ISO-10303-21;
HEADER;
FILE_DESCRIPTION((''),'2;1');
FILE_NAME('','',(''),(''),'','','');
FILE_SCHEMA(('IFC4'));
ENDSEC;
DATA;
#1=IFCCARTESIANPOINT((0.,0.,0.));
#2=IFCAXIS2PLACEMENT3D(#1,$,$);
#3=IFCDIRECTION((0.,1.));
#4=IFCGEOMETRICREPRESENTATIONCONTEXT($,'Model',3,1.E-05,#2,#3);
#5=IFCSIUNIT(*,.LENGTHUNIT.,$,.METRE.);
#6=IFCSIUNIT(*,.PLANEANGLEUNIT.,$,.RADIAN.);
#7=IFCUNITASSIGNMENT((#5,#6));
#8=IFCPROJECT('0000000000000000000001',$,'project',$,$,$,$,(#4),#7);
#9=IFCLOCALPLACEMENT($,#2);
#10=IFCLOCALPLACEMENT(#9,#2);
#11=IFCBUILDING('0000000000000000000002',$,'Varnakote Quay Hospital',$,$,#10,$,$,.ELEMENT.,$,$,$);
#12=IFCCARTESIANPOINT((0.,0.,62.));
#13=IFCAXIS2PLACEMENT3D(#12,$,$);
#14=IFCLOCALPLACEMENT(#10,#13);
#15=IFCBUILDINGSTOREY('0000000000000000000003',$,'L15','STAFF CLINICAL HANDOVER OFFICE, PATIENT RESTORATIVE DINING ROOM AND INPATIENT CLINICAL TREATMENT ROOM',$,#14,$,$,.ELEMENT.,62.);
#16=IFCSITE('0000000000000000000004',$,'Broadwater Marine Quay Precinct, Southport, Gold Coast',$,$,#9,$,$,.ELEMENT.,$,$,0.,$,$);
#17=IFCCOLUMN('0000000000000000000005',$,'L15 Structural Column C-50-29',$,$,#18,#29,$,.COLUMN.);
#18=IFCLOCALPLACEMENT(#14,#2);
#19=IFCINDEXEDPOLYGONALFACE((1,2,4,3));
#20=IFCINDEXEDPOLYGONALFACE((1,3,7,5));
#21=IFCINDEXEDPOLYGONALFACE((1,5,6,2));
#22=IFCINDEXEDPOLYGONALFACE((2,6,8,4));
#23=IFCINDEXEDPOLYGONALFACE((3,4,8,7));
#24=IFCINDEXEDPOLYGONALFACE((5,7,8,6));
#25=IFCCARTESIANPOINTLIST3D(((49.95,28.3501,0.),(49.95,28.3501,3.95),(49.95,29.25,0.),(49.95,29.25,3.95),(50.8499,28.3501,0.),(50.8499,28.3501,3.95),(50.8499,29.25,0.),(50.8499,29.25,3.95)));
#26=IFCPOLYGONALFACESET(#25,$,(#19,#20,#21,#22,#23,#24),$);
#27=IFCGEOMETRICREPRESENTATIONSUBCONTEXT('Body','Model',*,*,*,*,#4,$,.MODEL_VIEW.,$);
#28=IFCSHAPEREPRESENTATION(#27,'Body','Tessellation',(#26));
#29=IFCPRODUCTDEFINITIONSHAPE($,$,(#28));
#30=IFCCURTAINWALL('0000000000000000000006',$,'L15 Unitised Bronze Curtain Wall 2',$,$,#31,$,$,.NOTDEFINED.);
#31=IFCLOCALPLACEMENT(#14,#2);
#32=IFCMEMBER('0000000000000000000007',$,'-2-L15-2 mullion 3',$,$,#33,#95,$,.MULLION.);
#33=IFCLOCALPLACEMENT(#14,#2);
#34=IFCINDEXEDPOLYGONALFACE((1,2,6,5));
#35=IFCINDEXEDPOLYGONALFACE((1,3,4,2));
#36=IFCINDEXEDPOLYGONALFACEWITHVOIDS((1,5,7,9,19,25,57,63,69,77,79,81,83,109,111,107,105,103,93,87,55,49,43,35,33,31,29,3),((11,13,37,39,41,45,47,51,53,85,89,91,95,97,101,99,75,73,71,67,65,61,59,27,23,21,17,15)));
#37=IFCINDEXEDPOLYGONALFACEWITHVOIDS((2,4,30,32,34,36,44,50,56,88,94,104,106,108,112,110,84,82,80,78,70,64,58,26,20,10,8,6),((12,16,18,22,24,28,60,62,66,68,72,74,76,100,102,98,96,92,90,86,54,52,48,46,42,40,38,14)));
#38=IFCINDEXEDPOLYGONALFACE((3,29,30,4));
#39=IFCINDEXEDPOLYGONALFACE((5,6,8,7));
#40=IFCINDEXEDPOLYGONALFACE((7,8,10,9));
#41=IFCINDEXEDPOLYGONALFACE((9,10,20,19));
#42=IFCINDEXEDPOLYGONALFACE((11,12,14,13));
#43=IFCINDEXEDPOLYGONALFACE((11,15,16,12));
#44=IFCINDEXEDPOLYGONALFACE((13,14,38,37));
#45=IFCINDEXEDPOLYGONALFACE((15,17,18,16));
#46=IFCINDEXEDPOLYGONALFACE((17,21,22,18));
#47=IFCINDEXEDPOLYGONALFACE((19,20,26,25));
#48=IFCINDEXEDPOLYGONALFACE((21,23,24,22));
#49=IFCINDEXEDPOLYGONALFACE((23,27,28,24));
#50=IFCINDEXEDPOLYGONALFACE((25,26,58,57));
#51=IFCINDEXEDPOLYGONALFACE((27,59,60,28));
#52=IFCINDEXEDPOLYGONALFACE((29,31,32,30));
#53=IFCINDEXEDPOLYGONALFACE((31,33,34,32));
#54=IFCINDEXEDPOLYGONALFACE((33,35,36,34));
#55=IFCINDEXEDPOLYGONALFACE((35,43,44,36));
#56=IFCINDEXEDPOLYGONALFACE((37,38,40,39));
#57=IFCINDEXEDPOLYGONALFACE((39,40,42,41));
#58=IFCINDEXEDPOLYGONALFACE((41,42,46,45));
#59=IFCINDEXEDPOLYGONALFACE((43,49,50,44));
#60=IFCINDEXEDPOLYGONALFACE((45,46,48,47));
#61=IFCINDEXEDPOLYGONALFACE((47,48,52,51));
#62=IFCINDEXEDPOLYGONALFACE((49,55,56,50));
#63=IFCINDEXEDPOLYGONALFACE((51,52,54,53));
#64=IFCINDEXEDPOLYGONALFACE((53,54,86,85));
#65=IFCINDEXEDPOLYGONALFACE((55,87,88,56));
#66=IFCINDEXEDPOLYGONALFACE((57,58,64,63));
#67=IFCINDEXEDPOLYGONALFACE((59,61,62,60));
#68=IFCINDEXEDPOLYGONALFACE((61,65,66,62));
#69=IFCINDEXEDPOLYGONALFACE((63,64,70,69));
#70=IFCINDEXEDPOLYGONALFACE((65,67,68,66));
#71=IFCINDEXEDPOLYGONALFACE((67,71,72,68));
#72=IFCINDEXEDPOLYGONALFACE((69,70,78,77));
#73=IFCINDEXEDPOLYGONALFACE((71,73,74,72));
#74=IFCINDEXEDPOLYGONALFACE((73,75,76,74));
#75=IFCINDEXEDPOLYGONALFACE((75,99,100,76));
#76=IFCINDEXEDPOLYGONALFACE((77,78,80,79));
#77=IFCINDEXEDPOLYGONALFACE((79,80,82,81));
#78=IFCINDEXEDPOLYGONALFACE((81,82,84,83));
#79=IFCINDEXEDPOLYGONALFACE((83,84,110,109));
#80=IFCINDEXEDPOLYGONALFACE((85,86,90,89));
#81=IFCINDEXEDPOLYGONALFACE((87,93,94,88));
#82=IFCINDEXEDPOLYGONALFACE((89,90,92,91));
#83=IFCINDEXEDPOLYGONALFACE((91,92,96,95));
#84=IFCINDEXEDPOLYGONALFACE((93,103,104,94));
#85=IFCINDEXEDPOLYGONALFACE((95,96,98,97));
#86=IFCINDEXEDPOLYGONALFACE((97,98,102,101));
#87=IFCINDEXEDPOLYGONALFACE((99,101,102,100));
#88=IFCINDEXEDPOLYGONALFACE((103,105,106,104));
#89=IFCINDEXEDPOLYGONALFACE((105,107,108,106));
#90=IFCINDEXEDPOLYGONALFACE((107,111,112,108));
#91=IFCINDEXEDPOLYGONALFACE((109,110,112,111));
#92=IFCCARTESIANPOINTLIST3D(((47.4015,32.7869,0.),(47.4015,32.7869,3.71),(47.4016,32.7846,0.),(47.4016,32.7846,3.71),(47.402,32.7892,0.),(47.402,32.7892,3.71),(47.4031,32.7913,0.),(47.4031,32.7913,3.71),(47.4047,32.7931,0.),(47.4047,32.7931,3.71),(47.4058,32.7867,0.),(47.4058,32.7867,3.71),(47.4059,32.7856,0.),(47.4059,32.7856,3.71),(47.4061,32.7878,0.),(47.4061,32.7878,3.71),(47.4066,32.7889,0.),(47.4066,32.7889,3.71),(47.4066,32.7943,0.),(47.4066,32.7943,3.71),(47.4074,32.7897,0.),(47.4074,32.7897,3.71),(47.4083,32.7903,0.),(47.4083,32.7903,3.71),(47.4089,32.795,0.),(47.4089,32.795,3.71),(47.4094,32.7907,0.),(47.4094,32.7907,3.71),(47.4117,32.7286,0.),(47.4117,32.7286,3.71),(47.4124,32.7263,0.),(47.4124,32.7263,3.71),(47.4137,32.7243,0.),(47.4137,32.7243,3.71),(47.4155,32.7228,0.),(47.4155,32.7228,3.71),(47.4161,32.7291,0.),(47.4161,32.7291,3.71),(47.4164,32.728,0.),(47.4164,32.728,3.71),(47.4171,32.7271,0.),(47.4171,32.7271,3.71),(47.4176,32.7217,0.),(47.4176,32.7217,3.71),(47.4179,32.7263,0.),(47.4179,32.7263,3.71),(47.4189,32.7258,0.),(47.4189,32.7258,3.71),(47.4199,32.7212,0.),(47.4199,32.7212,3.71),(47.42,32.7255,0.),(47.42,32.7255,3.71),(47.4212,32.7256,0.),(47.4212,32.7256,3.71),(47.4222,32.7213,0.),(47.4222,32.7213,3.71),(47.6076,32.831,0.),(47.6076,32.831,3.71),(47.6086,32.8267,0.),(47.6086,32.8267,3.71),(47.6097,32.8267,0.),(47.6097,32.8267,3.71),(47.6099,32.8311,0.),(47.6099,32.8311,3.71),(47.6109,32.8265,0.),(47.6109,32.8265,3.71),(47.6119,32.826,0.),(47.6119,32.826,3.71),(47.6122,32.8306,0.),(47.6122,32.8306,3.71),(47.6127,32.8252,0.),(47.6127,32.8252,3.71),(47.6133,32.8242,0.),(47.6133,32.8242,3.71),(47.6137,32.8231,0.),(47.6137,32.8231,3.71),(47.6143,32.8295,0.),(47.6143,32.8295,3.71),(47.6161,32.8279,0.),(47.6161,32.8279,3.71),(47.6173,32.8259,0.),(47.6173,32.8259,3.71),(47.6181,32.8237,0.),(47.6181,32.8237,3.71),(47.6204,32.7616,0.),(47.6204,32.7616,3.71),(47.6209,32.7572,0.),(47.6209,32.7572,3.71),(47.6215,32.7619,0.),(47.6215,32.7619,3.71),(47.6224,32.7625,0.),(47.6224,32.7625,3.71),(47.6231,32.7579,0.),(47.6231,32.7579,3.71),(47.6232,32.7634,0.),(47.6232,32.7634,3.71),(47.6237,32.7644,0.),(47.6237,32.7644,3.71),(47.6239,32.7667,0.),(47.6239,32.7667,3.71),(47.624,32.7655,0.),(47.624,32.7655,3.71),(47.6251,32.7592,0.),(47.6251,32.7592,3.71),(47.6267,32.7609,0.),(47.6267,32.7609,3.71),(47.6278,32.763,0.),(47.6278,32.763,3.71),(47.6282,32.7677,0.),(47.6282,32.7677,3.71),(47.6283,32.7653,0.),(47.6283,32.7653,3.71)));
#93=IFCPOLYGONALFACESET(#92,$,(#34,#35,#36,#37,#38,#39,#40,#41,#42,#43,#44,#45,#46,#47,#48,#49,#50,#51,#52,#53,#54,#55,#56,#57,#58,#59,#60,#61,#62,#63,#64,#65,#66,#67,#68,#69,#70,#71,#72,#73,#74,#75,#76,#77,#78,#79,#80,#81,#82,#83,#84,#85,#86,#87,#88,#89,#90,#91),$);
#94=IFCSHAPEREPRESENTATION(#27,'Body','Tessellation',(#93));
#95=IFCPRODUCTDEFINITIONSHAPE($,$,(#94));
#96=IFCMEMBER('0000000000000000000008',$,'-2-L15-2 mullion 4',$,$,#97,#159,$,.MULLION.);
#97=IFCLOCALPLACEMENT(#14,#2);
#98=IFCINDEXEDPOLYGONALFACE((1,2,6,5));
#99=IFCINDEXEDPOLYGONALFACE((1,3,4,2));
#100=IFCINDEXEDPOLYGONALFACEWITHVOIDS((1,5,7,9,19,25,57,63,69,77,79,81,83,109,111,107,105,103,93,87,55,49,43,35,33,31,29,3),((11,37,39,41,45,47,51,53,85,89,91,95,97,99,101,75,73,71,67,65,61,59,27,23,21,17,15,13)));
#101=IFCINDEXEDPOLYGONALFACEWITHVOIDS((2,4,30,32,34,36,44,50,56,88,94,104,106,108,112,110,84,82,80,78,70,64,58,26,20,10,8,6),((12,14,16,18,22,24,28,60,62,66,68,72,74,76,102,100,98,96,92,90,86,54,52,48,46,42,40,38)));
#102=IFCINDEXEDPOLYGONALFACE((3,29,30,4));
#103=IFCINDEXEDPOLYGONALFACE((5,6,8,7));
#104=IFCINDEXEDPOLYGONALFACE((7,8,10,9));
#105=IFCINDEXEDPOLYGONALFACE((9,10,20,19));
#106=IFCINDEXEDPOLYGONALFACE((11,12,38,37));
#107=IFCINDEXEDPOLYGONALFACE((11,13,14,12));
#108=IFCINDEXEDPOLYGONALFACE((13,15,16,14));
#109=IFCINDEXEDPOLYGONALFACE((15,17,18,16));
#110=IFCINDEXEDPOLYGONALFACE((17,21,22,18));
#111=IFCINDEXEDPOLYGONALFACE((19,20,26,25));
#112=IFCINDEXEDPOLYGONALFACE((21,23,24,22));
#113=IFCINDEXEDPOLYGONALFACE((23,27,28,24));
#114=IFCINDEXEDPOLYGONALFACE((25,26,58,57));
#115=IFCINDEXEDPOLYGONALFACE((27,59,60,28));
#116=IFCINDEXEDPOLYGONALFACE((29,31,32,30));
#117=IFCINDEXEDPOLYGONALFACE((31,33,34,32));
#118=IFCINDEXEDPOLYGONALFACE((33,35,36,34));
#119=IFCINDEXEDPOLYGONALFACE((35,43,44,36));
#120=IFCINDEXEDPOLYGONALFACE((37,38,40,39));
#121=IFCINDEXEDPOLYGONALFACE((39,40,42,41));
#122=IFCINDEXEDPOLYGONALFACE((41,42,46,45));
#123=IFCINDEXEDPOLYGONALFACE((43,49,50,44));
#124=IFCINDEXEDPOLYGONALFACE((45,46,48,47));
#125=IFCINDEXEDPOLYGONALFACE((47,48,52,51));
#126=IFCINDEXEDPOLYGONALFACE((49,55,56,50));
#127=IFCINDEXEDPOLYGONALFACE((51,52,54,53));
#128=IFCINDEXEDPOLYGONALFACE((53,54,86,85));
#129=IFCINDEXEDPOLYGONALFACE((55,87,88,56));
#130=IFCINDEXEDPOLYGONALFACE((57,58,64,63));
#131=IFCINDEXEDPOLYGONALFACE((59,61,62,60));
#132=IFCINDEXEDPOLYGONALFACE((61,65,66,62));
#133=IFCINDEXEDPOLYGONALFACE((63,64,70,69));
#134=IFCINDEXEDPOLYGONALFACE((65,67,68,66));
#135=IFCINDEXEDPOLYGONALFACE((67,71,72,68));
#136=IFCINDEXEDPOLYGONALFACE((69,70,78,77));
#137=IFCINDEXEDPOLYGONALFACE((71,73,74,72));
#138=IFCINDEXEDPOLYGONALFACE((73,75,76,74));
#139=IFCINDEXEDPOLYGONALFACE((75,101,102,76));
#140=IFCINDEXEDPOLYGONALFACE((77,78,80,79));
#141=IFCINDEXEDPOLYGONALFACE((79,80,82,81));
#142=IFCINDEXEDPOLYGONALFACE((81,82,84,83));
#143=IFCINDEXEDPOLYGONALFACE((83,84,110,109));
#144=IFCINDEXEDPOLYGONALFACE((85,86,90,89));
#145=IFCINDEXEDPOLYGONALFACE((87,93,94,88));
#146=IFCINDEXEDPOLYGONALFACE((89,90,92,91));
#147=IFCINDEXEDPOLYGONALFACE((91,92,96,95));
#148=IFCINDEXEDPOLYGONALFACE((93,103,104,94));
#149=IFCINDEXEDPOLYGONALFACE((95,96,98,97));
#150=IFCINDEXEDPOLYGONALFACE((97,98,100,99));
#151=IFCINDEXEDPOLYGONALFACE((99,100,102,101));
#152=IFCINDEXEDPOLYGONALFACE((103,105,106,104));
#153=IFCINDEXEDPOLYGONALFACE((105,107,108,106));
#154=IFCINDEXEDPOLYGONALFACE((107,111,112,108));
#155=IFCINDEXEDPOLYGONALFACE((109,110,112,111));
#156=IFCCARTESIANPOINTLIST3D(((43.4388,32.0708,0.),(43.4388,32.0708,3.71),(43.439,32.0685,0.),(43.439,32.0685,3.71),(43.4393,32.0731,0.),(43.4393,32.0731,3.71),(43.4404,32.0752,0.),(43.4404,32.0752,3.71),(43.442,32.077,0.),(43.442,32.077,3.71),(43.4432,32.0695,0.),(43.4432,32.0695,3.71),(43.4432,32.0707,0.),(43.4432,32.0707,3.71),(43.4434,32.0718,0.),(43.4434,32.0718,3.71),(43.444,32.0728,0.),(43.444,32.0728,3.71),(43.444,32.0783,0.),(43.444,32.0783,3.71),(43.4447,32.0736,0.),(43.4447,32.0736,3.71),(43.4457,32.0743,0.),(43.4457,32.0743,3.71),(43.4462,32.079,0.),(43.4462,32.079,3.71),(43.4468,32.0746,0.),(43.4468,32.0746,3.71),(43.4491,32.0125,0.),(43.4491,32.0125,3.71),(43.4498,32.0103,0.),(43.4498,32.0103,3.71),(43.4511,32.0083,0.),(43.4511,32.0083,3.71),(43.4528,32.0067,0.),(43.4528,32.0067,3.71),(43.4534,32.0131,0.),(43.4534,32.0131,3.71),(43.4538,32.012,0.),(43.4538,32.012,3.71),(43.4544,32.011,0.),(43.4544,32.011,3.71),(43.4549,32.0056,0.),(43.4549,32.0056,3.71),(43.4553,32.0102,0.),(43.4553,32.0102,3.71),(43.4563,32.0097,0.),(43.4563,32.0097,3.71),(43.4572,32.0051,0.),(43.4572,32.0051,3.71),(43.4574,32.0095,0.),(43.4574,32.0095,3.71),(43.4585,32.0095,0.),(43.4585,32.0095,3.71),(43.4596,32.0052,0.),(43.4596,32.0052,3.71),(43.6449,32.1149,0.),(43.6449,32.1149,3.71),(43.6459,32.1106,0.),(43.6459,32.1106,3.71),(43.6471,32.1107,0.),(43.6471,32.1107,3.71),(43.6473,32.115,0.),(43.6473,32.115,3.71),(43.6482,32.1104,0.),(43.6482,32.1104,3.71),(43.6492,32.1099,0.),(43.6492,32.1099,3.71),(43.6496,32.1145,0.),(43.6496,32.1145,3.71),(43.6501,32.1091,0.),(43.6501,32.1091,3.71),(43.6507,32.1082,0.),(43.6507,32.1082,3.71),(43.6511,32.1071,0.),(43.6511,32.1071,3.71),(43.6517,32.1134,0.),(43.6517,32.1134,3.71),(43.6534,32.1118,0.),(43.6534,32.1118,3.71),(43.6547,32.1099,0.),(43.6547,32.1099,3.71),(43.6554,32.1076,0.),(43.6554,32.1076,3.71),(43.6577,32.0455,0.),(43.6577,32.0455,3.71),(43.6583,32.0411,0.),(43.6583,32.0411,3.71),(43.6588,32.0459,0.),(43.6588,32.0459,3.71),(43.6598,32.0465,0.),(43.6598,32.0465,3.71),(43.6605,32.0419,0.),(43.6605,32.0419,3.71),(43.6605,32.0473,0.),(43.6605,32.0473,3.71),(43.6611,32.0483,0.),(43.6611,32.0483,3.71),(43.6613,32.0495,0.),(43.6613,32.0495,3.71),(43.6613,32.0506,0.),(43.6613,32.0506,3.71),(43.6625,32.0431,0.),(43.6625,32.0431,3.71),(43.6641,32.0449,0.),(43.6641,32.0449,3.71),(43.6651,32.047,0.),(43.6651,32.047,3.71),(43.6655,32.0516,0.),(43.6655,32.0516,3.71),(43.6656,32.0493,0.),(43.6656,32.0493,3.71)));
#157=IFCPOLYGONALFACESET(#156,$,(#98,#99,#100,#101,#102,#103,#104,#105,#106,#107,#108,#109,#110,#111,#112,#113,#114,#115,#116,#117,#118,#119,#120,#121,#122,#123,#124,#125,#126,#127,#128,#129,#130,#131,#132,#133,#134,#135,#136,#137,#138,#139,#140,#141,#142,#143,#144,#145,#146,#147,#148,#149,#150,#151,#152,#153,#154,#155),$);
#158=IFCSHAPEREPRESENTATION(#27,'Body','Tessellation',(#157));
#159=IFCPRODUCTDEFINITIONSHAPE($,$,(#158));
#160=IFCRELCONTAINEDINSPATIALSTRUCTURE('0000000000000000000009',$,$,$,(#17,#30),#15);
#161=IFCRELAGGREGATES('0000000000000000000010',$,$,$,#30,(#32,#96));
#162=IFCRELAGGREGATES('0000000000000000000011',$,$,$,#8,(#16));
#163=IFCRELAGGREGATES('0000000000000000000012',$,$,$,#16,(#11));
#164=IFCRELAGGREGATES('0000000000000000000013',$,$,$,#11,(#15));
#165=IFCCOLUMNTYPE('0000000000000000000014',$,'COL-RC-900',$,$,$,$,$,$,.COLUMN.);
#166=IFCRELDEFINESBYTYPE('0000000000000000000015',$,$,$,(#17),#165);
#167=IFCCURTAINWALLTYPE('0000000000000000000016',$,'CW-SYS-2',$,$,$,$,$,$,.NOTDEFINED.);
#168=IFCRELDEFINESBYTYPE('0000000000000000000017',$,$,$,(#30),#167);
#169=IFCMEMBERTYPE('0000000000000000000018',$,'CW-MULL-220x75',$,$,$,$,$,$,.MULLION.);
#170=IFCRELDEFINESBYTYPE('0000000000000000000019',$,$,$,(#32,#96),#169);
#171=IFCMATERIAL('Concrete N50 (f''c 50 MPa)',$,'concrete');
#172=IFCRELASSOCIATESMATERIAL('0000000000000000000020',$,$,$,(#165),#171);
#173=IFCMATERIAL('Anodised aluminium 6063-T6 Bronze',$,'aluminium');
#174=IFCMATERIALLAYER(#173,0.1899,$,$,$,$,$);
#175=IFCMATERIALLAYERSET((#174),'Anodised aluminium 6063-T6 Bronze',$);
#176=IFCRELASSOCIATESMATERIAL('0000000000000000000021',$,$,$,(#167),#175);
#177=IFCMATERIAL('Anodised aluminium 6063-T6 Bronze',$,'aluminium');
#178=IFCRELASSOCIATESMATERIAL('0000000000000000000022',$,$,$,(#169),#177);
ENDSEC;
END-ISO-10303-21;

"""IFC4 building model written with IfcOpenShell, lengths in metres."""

from ifc_helpers import new_model, si_unit, direction, frame, origin, origin_2d, place, context, subcontext, project, spatial, rectangle, hollow_rectangle, extrude, material, layer, layer_set, material_profile, profile_set, type_object, element, aggregate, save


model = new_model("IFC4")

# Units and contexts
model_context = context("Model", 3, precision=1e-05, world=origin(), true_north=direction((0.0, 1.0)))
body_context = subcontext(model_context, "Body", "Model", "MODEL_VIEW")
ifc_project = project(units=[si_unit("LENGTHUNIT", "METRE"), si_unit("PLANEANGLEUNIT", "RADIAN")], contexts=[model_context])

# Site, building, storey
site_placement = place(None, origin())
site = spatial("IfcSite", under=ifc_project, at=site_placement, Name="Broadwater Marine Quay Precinct, Southport, Gold Coast", CompositionType="ELEMENT", RefElevation=0.0)
building_placement = place(site_placement, origin())
building = spatial("IfcBuilding", under=site, at=building_placement, Name="Varnakote Quay Hospital", CompositionType="ELEMENT")
storey_placement = place(building_placement, frame((0.0, 0.0, 62.0)))
storey = spatial("IfcBuildingStorey", under=building, at=storey_placement, Name="L15", Description="STAFF CLINICAL HANDOVER OFFICE, PATIENT RESTORATIVE DINING ROOM AND INPATIENT CLINICAL TREATMENT ROOM", CompositionType="ELEMENT", Elevation=62.0)

# Column
ifc_material_1 = material(Name="Concrete N50 (f'c 50 MPa)", Category="concrete")
ifc_material_profile_1 = material_profile(ifc_material_1, rectangle(XDim=0.8999, YDim=0.8999, at=origin_2d()), Name="RC-COL-900x900")
ifc_profile_set_1 = profile_set([ifc_material_profile_1], Name="Concrete N50 (f'c 50 MPa)")
column_type = type_object("IfcColumnType", Name="COL-RC-900", PredefinedType="COLUMN", material=ifc_profile_set_1)
column_placement = place(storey_placement, frame((50.3999, 28.8, 0.0), z_axis=(0.0, 0.0, 1.0), x_axis=(1.0, 0.0, 0.0)))
element("IfcColumn", 1, at=column_placement, inside=storey, type_object=column_type, Name="L15 Structural Column C-50-29", PredefinedType="COLUMN", context=body_context, shape_type="SweptSolid", body=[
    extrude(rectangle(XDim=0.8999, YDim=0.8999, at=origin_2d()), origin(), (0.0, 0.0, 1.0), 3.95),
])

# Curtain wall, members
ifc_material_2 = material(Name="Anodised aluminium 6063-T6 Bronze", Category="aluminium")
ifc_layer_1 = layer(ifc_material_2, 0.1899)
ifc_layer_set_1 = layer_set([ifc_layer_1], Name="Anodised aluminium 6063-T6 Bronze")
curtain_wall_type = type_object("IfcCurtainWallType", Name="CW-SYS-2", PredefinedType="NOTDEFINED", material=ifc_layer_set_1)
curtain_wall_placement = place(storey_placement, origin())
curtain_wall = element("IfcCurtainWall", 2, at=curtain_wall_placement, inside=storey, type_object=curtain_wall_type, Name="L15 Unitised Bronze Curtain Wall 2", PredefinedType="NOTDEFINED")
ifc_material_3 = material(Name="Anodised aluminium 6063-T6 Bronze", Category="aluminium")
ifc_material_profile_2 = material_profile(ifc_material_3, hollow_rectangle(XDim=0.075, YDim=0.22, WallThickness=0.0044, InnerFilletRadius=0.0044, OuterFilletRadius=0.009, at=origin_2d()), Name="CW-MULL-220x75")
ifc_profile_set_2 = profile_set([ifc_material_profile_2], Name="Anodised aluminium 6063-T6 Bronze")
member_type_1 = type_object("IfcMemberType", Name="CW-MULL-220x75", PredefinedType="MULLION", material=ifc_profile_set_2)
member_1_placement = place(storey_placement, frame((47.5149, 32.7761, 0.0), z_axis=(0.0, 0.0, 1.0), x_axis=(0.177846, -0.984058, 0.0)))
member_1 = element("IfcMember", 3, at=member_1_placement, type_object=member_type_1, Name="-2-L15-2 mullion 3", PredefinedType="MULLION", context=body_context, shape_type="SweptSolid", body=[
    extrude(hollow_rectangle(XDim=0.075, YDim=0.22, WallThickness=0.0044, InnerFilletRadius=0.0044, OuterFilletRadius=0.009, at=origin_2d()), origin(), (0.0, 0.0, 1.0), 3.71),
])
member_2_placement = place(storey_placement, frame((43.5522, 32.0601, 0.0), z_axis=(0.0, 0.0, 1.0), x_axis=(0.177846, -0.984058, 0.0)))
member_2 = element("IfcMember", 4, at=member_2_placement, type_object=member_type_1, Name="-2-L15-2 mullion 4", PredefinedType="MULLION", context=body_context, shape_type="SweptSolid", body=[
    extrude(hollow_rectangle(XDim=0.075, YDim=0.22, WallThickness=0.0044, InnerFilletRadius=0.0044, OuterFilletRadius=0.009, at=origin_2d()), origin(), (0.0, 0.0, 1.0), 3.71),
])
aggregate(curtain_wall, [member_1, member_2])

save(model, "model.ifc")
